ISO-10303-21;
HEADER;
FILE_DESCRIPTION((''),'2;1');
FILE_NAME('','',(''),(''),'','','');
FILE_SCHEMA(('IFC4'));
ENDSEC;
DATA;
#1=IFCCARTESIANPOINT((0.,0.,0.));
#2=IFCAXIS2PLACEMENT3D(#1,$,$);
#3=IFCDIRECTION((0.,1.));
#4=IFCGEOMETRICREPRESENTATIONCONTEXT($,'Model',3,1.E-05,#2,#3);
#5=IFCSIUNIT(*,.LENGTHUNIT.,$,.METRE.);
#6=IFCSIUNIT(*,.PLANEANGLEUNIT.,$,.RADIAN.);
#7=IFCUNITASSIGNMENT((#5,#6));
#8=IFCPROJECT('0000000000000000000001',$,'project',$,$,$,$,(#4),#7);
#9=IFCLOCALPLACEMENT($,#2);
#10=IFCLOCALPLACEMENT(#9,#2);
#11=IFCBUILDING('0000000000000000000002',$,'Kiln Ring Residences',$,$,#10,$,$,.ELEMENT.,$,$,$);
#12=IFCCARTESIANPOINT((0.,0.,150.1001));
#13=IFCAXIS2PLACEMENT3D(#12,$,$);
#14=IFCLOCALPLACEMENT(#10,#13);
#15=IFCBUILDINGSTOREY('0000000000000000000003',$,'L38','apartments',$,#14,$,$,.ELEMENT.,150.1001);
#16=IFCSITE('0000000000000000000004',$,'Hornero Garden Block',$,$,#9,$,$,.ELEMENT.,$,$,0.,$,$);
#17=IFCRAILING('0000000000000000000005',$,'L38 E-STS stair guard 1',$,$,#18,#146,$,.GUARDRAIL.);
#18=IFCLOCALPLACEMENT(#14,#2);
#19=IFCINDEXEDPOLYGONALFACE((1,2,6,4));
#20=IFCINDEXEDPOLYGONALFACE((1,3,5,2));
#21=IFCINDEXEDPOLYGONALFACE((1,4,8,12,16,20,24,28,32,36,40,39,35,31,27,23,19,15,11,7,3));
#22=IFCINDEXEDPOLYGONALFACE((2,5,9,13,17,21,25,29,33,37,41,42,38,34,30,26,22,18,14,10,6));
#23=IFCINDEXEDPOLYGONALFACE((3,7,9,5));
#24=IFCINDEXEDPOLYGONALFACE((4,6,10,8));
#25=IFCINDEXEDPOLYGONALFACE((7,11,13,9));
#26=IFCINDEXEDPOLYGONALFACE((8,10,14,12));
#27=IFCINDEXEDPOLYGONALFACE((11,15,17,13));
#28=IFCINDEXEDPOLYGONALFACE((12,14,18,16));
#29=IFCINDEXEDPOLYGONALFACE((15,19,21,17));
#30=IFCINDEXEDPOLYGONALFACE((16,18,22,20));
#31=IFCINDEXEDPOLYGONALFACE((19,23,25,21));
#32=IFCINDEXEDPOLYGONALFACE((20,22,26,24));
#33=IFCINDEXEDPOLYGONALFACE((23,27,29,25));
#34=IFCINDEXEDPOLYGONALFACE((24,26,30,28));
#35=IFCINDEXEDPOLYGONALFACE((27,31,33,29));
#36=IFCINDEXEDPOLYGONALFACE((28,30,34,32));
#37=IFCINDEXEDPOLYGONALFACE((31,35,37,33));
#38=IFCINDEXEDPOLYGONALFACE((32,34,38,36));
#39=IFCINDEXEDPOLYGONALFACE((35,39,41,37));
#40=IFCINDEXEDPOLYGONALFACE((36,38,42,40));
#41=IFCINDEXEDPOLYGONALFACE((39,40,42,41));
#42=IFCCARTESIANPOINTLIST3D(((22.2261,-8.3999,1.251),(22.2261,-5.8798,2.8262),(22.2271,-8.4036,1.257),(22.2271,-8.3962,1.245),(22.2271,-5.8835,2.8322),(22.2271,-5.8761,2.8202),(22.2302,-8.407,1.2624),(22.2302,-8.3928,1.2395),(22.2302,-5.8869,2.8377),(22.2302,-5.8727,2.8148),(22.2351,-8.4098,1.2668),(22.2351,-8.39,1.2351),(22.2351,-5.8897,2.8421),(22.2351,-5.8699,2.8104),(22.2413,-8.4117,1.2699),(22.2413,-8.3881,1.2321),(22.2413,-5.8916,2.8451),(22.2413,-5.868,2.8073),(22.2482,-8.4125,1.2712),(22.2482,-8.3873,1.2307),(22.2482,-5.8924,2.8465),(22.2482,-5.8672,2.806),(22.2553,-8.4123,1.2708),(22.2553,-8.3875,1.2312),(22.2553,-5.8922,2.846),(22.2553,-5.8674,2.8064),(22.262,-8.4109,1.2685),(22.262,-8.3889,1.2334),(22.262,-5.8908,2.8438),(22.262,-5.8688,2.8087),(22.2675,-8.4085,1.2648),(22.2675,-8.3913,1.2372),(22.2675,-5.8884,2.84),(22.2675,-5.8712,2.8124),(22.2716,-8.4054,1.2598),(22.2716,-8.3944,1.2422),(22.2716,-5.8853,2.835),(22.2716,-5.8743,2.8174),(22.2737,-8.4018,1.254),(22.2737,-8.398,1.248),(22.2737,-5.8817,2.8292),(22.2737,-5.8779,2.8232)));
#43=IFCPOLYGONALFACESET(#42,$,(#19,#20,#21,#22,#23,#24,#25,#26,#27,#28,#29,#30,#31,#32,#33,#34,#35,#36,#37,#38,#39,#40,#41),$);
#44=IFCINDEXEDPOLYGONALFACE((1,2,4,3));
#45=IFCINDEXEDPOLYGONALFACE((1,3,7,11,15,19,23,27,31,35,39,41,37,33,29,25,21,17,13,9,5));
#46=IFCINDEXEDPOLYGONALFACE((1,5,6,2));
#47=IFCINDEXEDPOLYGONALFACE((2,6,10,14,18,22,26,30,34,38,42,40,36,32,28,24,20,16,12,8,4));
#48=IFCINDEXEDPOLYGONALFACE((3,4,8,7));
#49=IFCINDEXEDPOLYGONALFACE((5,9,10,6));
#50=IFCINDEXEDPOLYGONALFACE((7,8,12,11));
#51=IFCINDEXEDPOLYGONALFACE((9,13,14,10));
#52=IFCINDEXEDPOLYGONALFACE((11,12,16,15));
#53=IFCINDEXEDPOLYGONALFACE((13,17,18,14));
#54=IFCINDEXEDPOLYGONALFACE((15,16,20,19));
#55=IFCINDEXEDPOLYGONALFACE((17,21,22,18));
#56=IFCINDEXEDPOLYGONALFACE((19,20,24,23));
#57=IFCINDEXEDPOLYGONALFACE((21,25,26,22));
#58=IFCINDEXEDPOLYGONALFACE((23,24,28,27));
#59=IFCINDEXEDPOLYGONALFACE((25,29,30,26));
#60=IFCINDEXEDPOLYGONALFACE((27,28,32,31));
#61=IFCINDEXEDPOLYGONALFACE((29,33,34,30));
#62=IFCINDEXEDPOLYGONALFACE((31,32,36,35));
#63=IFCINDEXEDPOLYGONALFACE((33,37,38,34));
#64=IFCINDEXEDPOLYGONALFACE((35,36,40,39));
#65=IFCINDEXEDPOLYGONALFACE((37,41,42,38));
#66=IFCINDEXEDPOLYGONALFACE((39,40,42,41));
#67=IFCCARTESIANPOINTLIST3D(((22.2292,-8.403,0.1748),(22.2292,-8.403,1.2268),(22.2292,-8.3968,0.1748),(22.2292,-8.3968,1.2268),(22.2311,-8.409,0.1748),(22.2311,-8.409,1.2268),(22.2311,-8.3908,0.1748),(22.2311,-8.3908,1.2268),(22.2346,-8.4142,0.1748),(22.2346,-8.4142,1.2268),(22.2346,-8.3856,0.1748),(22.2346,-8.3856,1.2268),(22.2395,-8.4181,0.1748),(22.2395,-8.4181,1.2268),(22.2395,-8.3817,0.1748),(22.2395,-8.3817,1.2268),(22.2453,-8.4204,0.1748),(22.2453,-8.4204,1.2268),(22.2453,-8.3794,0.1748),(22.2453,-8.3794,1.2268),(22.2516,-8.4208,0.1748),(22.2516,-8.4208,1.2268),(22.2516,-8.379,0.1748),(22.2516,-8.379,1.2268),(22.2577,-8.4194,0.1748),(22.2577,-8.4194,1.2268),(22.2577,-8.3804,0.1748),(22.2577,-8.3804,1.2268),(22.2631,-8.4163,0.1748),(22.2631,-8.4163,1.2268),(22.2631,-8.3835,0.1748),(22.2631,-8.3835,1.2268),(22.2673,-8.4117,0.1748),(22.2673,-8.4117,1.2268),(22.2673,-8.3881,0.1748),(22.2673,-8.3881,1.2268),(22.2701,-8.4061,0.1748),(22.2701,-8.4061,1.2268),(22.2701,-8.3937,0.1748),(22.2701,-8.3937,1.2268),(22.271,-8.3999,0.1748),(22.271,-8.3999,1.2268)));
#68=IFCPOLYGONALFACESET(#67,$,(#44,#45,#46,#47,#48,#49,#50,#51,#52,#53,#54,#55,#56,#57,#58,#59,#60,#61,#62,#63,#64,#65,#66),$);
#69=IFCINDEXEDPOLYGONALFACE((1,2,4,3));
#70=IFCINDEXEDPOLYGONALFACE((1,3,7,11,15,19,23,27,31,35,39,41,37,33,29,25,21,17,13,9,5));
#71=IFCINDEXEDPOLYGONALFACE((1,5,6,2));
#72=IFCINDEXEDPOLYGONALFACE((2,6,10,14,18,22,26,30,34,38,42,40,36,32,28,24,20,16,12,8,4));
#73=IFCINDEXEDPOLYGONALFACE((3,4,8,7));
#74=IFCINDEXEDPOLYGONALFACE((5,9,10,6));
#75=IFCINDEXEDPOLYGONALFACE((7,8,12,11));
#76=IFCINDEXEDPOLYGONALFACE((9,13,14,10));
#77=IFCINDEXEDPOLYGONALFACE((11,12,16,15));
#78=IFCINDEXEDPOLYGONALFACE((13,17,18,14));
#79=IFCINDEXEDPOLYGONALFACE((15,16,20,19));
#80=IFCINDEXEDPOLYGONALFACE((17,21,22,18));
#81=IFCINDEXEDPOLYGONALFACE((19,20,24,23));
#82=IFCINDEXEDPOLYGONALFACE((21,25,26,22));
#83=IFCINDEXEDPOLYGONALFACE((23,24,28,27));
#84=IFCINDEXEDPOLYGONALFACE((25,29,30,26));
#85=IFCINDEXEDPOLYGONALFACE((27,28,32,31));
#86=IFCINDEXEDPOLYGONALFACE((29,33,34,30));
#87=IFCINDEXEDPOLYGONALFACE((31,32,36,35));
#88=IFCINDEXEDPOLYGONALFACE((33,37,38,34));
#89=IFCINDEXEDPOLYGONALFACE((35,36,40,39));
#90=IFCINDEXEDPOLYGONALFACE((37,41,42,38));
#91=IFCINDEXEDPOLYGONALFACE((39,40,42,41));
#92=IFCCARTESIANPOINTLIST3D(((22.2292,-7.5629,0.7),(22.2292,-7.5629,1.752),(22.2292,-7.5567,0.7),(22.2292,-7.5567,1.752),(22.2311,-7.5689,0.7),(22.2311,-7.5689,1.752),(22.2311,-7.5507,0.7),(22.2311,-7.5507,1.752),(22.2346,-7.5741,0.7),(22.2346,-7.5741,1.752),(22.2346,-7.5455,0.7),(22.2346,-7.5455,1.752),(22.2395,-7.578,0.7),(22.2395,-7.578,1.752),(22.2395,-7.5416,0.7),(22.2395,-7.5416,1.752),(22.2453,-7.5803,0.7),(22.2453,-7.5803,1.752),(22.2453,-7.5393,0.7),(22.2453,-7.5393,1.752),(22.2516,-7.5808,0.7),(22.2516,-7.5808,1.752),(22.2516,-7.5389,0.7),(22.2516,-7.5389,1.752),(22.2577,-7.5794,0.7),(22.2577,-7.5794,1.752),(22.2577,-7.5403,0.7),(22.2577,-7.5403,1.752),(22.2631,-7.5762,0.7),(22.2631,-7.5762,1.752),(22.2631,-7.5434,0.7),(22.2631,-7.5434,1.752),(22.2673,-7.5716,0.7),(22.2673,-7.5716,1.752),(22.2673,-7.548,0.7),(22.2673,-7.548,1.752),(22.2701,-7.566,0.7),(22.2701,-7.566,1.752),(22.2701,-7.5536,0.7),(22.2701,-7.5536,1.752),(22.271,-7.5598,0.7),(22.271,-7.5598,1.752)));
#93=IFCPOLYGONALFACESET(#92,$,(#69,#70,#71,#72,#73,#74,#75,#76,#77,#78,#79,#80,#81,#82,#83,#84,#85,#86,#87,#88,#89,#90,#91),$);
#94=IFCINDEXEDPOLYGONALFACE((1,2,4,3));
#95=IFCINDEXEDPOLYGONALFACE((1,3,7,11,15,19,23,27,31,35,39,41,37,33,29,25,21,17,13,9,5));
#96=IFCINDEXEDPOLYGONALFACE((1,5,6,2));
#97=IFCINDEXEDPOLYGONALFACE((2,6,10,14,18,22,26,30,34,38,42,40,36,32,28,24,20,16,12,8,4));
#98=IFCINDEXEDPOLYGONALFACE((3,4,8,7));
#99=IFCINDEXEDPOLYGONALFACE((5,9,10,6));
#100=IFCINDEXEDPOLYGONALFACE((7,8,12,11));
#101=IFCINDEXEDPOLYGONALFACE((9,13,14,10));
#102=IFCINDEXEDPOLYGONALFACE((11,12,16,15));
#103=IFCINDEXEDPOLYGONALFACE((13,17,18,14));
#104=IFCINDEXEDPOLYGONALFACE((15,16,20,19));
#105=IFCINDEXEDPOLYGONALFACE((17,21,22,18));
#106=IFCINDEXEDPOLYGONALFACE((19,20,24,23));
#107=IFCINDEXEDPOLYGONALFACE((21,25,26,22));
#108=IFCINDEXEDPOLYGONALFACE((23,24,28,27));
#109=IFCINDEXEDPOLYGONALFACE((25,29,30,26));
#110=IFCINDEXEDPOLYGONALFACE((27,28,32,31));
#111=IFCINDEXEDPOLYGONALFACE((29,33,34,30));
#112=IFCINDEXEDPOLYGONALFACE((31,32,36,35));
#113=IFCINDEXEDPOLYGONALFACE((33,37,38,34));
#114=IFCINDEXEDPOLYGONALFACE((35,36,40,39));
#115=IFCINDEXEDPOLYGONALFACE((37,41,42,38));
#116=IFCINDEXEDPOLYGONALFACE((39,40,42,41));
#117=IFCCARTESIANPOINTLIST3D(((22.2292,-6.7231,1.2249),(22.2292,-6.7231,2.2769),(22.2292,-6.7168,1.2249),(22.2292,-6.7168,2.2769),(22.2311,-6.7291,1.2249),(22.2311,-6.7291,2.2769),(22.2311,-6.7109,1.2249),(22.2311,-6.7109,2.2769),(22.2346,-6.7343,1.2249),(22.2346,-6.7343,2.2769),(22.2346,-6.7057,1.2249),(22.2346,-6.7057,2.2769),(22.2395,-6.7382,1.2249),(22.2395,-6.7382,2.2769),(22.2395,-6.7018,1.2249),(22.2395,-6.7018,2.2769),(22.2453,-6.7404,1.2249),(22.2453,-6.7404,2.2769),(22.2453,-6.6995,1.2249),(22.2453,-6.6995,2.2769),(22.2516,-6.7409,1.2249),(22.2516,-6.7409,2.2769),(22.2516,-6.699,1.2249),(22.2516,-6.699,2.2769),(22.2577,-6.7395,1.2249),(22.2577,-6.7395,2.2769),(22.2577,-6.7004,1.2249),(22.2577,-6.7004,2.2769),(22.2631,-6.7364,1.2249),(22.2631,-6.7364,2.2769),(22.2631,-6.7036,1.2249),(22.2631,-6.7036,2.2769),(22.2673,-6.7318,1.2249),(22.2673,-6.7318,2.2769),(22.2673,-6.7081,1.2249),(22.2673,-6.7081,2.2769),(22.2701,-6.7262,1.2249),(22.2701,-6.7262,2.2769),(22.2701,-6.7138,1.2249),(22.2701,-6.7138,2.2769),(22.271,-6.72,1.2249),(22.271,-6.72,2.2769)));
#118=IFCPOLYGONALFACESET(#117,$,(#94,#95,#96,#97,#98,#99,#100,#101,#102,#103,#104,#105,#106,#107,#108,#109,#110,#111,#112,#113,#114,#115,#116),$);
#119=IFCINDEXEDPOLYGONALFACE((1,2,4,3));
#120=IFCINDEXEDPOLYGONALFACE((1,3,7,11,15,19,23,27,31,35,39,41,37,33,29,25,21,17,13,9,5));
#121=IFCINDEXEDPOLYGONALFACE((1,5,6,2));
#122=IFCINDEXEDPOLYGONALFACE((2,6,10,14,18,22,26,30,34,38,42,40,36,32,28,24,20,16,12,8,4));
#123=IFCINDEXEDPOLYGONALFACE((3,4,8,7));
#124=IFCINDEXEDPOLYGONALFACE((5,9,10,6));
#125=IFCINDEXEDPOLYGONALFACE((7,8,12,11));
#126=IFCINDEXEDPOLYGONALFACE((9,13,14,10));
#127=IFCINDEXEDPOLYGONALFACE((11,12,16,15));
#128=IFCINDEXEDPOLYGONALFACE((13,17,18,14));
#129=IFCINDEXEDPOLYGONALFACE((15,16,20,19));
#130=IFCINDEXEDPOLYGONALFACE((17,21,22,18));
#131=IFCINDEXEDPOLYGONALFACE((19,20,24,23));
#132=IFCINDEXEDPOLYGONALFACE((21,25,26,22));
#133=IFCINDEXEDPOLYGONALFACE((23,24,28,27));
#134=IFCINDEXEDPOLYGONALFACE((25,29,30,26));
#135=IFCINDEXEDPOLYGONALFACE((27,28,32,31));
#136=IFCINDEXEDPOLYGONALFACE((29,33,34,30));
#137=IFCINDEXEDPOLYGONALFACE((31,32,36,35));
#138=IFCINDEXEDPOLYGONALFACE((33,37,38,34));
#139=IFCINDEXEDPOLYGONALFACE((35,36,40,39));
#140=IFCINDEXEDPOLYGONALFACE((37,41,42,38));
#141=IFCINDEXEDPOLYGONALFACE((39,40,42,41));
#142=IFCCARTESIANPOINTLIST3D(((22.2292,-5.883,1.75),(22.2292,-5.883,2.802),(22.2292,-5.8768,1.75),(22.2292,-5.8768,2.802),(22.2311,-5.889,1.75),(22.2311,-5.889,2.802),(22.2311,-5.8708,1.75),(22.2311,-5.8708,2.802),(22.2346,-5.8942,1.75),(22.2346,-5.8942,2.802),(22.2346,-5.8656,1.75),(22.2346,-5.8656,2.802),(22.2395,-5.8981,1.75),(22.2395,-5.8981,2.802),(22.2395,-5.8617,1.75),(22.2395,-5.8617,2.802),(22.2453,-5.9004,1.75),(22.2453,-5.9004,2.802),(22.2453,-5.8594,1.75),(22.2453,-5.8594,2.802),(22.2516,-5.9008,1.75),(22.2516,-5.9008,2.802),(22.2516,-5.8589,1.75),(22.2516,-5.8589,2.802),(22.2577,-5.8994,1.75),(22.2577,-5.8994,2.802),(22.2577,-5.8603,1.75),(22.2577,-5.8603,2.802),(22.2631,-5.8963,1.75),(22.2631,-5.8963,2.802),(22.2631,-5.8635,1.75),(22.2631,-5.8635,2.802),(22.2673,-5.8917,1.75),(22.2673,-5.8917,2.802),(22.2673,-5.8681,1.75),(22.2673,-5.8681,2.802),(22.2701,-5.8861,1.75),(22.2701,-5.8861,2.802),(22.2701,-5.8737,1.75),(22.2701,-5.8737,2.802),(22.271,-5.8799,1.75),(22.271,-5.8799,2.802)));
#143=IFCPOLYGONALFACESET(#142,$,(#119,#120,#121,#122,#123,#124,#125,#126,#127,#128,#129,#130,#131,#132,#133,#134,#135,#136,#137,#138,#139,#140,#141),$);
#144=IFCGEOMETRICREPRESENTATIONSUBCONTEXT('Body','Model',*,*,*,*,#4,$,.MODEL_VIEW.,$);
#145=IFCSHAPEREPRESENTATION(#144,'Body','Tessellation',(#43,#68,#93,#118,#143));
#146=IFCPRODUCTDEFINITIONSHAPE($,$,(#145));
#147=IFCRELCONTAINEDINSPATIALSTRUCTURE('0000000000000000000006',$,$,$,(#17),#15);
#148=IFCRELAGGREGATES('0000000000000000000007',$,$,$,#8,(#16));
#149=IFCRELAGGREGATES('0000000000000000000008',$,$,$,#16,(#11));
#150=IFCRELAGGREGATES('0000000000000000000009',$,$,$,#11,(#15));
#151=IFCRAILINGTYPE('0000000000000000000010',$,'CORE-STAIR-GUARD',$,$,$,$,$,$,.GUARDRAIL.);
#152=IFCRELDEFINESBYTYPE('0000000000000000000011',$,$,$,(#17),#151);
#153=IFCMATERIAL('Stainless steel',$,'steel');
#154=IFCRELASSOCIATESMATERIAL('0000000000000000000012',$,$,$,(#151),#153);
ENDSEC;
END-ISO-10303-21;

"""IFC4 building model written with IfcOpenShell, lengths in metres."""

from ifc_helpers import new_model, si_unit, direction, frame, origin, origin_2d, place, context, subcontext, project, spatial, circle, extrude, material, type_object, element, save


model = new_model("IFC4")

# Units and contexts
model_context = context("Model", 3, precision=1e-05, world=origin(), true_north=direction((0.0, 1.0)))
body_context = subcontext(model_context, "Body", "Model", "MODEL_VIEW")
ifc_project = project(units=[si_unit("LENGTHUNIT", "METRE"), si_unit("PLANEANGLEUNIT", "RADIAN")], contexts=[model_context])

# Site, building, storey
site_placement = place(None, origin())
site = spatial("IfcSite", under=ifc_project, at=site_placement, Name="Hornero Garden Block", CompositionType="ELEMENT", RefElevation=0.0)
building_placement = place(site_placement, origin())
building = spatial("IfcBuilding", under=site, at=building_placement, Name="Kiln Ring Residences", CompositionType="ELEMENT")
storey_placement = place(building_placement, frame((0.0, 0.0, 150.1001)))
storey = spatial("IfcBuildingStorey", under=building, at=storey_placement, Name="L38", Description="apartments", CompositionType="ELEMENT", Elevation=150.1001)

# Railing
ifc_material_1 = material(Name="Stainless steel", Category="steel")
railing_type_1 = type_object("IfcRailingType", Name="CORE-STAIR-GUARD", PredefinedType="GUARDRAIL", material=ifc_material_1)
railing_1_placement = place(storey_placement, frame((22.25, -8.3999, 0.1748)))
element("IfcRailing", 1, at=railing_1_placement, inside=storey, type_object=railing_type_1, Name="L38 E-STS stair guard 1", PredefinedType="GUARDRAIL", context=body_context, shape_type="SweptSolid", body=[
    extrude(circle(Radius=0.0239, at=origin_2d()), frame((0.0, 0.0, 1.0762), z_axis=(0.0, 0.847971, 0.530043), x_axis=(-1.0, 0.0, 0.0)), (0.0, 0.0, 1.0), 2.9719),
    extrude(circle(Radius=0.021, at=origin_2d()), origin(), (0.0, 0.0, 1.0), 1.052),
    extrude(circle(Radius=0.021, at=origin_2d()), frame((0.0, 0.8401, 0.5251)), (0.0, 0.0, 1.0), 1.052),
    extrude(circle(Radius=0.021, at=origin_2d()), frame((0.0, 1.6799, 1.05)), (0.0, 0.0, 1.0), 1.052),
    extrude(circle(Radius=0.021, at=origin_2d()), frame((0.0, 2.52, 1.5752)), (0.0, 0.0, 1.0), 1.052),
])

save(model, "model.ifc")
